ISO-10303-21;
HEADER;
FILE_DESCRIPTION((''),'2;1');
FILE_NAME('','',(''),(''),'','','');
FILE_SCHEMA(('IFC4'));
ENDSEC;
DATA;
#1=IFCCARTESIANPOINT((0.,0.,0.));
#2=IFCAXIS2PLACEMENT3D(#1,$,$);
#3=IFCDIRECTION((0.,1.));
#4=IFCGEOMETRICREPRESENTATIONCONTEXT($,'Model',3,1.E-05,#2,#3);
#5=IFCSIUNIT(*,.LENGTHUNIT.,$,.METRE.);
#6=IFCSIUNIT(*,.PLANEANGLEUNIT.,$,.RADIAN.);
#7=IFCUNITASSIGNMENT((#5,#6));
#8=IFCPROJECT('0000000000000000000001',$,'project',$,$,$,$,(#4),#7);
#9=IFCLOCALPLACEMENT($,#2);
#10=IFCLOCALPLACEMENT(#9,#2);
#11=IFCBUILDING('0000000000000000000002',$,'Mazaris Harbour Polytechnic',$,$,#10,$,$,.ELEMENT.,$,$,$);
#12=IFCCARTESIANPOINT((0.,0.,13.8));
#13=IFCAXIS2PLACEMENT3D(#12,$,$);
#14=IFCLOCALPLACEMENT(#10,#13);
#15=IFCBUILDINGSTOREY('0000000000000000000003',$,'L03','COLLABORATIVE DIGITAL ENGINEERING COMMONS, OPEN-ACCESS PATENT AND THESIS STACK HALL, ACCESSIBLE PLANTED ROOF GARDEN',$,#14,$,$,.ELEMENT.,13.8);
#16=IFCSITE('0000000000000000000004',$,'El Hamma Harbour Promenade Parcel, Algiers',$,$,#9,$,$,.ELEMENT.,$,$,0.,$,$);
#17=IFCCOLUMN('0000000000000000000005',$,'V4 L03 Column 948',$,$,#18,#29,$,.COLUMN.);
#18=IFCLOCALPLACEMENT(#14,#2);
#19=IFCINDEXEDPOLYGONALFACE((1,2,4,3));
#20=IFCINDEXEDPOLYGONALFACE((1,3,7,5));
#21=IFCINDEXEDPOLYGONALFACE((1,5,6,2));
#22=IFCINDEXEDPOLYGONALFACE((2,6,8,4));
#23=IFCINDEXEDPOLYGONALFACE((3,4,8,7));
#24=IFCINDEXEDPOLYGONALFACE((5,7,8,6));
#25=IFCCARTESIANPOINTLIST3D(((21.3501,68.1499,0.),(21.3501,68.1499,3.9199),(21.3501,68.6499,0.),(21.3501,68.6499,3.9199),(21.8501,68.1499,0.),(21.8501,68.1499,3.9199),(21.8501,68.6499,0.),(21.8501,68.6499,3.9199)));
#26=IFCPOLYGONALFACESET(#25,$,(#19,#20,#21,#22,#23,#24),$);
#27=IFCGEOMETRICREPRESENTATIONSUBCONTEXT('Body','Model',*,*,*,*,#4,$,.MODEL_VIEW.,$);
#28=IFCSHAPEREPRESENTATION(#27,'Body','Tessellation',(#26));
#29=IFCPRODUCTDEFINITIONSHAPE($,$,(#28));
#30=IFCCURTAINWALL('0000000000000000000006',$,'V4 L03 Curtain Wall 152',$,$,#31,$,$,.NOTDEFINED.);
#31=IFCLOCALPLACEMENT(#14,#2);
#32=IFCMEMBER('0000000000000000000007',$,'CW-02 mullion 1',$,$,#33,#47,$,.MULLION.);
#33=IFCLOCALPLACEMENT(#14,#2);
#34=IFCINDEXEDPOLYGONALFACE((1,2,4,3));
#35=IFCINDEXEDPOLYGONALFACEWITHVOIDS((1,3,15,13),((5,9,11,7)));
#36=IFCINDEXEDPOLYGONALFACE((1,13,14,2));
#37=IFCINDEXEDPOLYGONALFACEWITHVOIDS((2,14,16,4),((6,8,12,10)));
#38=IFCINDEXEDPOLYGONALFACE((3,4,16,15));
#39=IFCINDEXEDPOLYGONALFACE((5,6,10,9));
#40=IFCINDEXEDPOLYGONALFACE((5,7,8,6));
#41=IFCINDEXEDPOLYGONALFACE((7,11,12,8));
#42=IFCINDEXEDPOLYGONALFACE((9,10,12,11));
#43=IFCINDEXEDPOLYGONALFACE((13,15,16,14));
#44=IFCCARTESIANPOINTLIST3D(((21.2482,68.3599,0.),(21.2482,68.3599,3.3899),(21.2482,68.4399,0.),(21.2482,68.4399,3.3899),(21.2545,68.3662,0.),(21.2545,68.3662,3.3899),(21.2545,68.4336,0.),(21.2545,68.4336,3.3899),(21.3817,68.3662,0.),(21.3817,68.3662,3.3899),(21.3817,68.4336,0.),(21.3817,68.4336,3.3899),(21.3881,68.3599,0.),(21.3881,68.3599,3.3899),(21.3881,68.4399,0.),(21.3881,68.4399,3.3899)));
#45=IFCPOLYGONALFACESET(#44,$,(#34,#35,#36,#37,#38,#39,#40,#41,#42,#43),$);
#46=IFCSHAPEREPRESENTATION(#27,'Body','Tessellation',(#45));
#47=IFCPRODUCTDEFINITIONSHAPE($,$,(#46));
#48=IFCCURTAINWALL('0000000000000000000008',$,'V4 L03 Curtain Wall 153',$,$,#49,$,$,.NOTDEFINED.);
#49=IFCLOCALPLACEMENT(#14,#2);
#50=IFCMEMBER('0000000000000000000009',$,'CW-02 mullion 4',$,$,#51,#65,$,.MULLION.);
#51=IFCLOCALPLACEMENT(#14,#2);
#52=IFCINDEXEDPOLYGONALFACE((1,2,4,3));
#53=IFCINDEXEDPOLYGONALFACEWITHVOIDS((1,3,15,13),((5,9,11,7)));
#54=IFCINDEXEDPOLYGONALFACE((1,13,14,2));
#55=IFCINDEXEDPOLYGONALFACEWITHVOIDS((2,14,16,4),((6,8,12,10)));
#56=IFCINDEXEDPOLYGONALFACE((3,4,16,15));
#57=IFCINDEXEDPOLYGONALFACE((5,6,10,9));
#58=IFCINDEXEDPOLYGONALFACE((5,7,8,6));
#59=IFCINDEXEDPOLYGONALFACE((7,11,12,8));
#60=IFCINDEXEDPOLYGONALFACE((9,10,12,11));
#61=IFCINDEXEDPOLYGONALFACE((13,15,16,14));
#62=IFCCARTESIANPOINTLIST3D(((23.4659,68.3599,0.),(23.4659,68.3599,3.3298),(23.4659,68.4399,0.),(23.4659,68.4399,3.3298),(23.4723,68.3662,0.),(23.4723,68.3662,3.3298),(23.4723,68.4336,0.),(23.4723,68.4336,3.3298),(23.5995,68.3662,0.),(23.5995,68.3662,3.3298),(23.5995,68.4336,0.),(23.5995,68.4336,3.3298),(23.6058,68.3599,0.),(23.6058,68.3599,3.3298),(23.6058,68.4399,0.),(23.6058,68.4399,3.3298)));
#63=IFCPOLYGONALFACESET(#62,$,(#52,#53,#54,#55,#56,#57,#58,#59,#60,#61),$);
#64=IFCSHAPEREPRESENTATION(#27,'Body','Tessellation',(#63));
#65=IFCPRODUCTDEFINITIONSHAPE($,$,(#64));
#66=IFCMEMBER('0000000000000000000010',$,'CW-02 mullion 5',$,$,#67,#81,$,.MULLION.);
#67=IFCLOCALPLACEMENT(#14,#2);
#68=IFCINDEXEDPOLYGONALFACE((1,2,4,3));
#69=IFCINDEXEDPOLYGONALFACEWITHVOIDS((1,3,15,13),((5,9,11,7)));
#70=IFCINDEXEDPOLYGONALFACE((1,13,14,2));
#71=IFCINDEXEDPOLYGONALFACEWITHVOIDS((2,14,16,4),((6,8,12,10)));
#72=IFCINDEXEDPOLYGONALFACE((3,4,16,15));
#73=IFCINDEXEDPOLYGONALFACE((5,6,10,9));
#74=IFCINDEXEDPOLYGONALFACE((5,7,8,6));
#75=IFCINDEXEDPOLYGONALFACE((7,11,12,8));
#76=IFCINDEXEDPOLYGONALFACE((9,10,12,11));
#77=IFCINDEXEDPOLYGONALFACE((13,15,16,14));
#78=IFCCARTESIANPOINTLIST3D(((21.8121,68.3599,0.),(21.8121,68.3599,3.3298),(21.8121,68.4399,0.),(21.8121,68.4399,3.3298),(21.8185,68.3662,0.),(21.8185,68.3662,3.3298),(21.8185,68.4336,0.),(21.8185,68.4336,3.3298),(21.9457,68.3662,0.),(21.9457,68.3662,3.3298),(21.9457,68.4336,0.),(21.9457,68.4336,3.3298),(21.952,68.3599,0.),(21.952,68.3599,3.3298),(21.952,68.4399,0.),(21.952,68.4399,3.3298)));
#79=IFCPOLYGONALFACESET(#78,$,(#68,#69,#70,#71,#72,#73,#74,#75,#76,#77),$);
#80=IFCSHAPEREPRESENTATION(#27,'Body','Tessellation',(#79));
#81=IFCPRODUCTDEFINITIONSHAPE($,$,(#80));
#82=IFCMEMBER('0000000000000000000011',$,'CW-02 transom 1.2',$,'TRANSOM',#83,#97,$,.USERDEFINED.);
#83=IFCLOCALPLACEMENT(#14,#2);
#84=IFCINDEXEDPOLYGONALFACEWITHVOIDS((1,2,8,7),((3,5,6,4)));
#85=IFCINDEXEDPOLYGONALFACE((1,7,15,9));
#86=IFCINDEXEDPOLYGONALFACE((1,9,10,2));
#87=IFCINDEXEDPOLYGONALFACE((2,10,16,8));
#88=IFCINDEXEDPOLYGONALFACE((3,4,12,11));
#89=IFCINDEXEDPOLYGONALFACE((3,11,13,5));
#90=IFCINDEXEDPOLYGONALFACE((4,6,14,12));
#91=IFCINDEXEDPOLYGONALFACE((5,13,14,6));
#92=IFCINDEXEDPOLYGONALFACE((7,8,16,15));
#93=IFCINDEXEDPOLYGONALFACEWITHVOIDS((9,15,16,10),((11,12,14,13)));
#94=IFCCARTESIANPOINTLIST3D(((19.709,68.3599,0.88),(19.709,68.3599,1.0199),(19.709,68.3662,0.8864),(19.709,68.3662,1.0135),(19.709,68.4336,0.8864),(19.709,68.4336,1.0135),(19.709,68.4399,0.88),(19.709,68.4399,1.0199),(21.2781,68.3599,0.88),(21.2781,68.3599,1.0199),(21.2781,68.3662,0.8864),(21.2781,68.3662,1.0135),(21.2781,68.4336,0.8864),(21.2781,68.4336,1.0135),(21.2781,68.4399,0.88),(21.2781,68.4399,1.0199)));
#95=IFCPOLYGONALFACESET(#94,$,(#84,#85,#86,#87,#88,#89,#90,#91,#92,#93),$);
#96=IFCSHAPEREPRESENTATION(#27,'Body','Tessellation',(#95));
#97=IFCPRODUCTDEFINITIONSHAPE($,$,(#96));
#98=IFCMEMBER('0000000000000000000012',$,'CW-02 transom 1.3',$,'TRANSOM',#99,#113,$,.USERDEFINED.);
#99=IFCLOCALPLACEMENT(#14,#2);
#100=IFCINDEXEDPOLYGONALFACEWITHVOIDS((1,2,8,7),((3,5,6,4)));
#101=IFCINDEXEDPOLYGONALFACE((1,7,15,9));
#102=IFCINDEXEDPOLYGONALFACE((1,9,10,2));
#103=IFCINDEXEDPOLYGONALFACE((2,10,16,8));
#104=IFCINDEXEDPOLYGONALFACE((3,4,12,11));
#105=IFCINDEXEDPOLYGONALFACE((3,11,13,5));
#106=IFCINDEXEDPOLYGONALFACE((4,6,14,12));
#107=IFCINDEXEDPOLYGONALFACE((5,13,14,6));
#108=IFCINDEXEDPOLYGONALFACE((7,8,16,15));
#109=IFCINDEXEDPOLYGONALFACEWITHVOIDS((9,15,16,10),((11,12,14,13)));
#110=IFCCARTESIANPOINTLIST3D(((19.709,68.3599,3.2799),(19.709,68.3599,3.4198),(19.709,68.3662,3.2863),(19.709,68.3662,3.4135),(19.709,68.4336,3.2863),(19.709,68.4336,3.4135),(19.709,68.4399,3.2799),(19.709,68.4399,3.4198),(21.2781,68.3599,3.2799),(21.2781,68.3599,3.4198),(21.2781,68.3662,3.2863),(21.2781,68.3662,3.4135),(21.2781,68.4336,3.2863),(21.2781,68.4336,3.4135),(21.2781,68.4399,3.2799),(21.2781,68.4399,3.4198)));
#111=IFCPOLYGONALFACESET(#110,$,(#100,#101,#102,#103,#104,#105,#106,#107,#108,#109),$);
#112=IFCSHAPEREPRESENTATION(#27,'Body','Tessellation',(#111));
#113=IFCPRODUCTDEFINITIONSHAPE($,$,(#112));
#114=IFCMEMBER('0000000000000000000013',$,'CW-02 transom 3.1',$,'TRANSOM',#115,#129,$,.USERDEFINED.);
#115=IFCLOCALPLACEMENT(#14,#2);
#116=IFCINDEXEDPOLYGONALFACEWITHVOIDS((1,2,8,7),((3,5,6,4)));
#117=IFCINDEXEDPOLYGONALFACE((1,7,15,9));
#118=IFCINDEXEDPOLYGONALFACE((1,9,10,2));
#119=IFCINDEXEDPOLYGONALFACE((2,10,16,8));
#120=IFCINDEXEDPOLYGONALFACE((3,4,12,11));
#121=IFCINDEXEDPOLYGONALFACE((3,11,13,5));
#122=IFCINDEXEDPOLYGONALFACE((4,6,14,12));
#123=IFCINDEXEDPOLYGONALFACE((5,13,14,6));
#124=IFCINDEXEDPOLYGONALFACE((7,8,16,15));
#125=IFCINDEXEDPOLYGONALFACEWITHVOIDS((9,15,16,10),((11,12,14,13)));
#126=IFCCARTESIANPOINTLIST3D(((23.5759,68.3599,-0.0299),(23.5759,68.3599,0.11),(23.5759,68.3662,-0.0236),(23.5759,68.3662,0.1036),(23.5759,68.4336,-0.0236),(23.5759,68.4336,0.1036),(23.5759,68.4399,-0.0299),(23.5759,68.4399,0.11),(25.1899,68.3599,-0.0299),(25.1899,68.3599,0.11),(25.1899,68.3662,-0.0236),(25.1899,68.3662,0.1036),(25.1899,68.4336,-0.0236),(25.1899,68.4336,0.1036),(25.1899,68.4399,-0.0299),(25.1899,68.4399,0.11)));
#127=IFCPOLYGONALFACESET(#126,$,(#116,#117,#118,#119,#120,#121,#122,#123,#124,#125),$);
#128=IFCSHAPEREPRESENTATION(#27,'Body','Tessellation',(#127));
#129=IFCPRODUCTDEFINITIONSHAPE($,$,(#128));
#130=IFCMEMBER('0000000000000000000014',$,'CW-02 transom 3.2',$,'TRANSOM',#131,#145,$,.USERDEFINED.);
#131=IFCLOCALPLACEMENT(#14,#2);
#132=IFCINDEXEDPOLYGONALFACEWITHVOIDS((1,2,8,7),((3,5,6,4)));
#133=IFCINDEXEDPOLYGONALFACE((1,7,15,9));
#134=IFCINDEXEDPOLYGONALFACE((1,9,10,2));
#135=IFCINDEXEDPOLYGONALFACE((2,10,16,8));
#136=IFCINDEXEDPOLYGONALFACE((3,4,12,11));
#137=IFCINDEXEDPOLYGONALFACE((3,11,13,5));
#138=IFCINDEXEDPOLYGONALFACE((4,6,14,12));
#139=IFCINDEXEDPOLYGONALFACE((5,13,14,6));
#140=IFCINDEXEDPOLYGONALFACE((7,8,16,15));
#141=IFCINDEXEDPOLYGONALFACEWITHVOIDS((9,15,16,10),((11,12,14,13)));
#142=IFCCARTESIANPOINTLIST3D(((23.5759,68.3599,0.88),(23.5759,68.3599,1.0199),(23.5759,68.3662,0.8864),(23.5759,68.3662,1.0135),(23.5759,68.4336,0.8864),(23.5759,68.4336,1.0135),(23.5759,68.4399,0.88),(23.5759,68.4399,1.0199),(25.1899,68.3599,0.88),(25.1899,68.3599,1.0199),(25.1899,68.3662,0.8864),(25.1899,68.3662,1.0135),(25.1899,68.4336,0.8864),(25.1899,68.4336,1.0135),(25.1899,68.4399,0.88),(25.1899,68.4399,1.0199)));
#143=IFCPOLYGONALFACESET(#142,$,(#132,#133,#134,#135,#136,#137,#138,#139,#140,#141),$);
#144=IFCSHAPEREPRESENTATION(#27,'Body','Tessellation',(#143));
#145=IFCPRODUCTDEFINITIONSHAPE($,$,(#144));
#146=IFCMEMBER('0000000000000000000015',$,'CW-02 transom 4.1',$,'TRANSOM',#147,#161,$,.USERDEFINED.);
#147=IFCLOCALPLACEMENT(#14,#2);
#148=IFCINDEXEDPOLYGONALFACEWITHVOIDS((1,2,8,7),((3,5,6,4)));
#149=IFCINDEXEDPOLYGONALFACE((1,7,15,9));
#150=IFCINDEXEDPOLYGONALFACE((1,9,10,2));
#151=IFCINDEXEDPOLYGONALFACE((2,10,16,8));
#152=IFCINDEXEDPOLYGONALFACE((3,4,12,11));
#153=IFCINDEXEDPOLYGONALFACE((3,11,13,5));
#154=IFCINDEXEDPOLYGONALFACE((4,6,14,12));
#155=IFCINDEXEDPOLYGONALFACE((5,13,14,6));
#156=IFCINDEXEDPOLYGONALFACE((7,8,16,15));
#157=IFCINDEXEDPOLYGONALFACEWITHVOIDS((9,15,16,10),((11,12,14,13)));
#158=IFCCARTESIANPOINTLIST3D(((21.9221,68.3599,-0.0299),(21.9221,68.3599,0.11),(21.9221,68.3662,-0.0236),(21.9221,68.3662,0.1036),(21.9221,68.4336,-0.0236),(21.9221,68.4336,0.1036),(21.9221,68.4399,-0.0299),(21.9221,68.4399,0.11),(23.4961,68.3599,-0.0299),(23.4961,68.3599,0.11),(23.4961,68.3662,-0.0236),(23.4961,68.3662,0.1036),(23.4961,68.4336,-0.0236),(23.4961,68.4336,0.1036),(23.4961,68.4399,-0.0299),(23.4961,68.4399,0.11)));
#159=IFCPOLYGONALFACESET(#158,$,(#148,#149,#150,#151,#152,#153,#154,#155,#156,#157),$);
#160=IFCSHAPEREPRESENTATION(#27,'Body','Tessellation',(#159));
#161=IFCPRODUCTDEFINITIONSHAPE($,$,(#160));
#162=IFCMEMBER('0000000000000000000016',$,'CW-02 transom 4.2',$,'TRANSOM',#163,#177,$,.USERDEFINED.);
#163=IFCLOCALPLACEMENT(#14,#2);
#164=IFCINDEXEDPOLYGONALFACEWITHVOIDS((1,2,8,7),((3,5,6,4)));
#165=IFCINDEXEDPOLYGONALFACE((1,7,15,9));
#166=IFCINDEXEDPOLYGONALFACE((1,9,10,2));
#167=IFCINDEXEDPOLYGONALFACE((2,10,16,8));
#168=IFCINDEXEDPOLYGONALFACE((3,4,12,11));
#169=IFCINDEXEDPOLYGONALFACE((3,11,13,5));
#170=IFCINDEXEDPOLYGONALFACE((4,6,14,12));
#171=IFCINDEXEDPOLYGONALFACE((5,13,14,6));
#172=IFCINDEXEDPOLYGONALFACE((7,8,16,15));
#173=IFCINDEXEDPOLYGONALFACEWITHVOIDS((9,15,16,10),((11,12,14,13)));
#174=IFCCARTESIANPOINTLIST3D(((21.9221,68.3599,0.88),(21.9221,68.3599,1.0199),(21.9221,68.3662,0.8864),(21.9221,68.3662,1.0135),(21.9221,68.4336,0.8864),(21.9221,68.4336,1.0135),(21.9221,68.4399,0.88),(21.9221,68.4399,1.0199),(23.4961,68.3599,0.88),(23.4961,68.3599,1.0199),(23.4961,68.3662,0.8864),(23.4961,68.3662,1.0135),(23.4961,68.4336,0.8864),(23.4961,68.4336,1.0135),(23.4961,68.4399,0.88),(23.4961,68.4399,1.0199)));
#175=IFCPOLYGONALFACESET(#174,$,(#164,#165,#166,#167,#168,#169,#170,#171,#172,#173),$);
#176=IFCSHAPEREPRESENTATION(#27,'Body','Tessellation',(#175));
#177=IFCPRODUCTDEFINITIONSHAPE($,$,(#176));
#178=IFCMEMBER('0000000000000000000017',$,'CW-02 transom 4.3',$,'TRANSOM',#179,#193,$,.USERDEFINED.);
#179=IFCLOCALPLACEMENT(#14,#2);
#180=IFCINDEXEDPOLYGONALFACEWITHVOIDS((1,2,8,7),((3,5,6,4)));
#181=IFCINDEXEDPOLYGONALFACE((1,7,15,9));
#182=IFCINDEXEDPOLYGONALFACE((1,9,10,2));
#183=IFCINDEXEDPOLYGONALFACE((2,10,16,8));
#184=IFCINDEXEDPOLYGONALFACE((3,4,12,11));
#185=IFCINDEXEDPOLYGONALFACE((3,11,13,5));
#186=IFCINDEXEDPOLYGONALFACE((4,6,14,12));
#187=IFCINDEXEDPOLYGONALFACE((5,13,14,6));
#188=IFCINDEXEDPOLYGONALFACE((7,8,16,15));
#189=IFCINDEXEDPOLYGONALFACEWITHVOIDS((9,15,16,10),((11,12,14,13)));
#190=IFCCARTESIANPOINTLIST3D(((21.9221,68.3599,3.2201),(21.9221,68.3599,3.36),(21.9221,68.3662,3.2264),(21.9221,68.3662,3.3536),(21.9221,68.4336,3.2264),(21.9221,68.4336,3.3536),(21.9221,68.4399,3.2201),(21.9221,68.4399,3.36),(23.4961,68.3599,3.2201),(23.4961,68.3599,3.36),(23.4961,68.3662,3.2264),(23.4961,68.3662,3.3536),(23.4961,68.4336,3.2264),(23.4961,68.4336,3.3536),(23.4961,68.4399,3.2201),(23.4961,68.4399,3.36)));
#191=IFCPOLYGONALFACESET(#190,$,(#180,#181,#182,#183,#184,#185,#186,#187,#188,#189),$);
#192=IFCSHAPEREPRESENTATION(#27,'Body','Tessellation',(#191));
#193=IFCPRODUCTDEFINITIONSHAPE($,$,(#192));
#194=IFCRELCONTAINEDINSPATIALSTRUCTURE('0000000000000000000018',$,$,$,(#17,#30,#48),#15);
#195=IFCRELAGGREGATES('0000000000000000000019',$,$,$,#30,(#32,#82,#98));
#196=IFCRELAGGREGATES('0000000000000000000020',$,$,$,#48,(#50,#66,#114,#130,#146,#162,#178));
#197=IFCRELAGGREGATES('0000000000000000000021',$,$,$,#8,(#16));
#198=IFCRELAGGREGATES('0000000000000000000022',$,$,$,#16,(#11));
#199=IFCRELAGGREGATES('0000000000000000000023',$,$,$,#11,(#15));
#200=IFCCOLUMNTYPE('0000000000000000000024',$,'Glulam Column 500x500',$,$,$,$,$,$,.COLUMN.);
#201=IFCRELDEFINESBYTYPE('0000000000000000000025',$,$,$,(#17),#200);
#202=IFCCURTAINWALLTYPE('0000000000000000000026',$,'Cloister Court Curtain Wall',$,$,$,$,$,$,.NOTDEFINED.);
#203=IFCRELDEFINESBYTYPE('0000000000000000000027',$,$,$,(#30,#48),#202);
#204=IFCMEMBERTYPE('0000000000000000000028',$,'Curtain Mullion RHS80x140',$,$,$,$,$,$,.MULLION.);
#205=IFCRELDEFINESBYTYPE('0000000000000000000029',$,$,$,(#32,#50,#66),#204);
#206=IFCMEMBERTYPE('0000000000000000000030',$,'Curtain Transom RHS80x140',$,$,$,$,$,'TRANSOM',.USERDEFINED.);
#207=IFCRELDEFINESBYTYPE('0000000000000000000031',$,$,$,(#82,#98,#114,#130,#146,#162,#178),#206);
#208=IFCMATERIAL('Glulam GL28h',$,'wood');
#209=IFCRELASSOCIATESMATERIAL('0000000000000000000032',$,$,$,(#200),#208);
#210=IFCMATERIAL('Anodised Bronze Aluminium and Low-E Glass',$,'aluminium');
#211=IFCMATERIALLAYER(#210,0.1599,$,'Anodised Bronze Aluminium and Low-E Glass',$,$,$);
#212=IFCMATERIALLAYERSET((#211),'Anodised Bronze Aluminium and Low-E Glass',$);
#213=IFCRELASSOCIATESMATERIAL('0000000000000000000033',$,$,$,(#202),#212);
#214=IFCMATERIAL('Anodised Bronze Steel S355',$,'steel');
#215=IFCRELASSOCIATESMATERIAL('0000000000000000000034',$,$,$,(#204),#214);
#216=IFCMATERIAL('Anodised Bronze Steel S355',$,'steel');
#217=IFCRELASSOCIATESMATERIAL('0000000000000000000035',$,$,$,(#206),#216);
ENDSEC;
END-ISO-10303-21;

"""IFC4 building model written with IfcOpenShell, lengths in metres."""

from ifc_helpers import new_model, si_unit, direction, frame, origin, origin_2d, place, context, subcontext, project, spatial, rectangle, hollow_rectangle, extrude, material, layer, layer_set, material_profile, profile_set, type_object, element, aggregate, save


model = new_model("IFC4")

# Units and contexts
model_context = context("Model", 3, precision=1e-05, world=origin(), true_north=direction((0.0, 1.0)))
body_context = subcontext(model_context, "Body", "Model", "MODEL_VIEW")
ifc_project = project(units=[si_unit("LENGTHUNIT", "METRE"), si_unit("PLANEANGLEUNIT", "RADIAN")], contexts=[model_context])

# Site, building, storey
site_placement = place(None, origin())
site = spatial("IfcSite", under=ifc_project, at=site_placement, Name="El Hamma Harbour Promenade Parcel, Algiers", CompositionType="ELEMENT", RefElevation=0.0)
building_placement = place(site_placement, origin())
building = spatial("IfcBuilding", under=site, at=building_placement, Name="Mazaris Harbour Polytechnic", CompositionType="ELEMENT")
storey_placement = place(building_placement, frame((0.0, 0.0, 13.8)))
storey = spatial("IfcBuildingStorey", under=building, at=storey_placement, Name="L03", Description="COLLABORATIVE DIGITAL ENGINEERING COMMONS, OPEN-ACCESS PATENT AND THESIS STACK HALL, ACCESSIBLE PLANTED ROOF GARDEN", CompositionType="ELEMENT", Elevation=13.8)

# Column
ifc_material_1 = material(Name="Glulam GL28h", Category="wood")
ifc_material_profile_1 = material_profile(ifc_material_1, rectangle(XDim=0.5, YDim=0.5, at=origin_2d()), Name="RECT500x500")
ifc_profile_set_1 = profile_set([ifc_material_profile_1], Name="Glulam GL28h")
column_type = type_object("IfcColumnType", Name="Glulam Column 500x500", PredefinedType="COLUMN", material=ifc_profile_set_1)
column_placement = place(storey_placement, frame((21.6001, 68.3999, 0.0), z_axis=(0.0, 0.0, 1.0), x_axis=(1.0, 0.0, 0.0)))
element("IfcColumn", 1, at=column_placement, inside=storey, type_object=column_type, Name="V4 L03 Column 948", PredefinedType="COLUMN", context=body_context, shape_type="SweptSolid", body=[
    extrude(rectangle(XDim=0.5, YDim=0.5, at=origin_2d()), origin(), (0.0, 0.0, 1.0), 3.9199),
])

# Curtain wall, member
ifc_material_2 = material(Name="Anodised Bronze Aluminium and Low-E Glass", Category="aluminium")
ifc_layer_1 = layer(ifc_material_2, 0.1599, Name="Anodised Bronze Aluminium and Low-E Glass")
ifc_layer_set_1 = layer_set([ifc_layer_1], Name="Anodised Bronze Aluminium and Low-E Glass")
curtain_wall_type = type_object("IfcCurtainWallType", Name="Cloister Court Curtain Wall", PredefinedType="NOTDEFINED", material=ifc_layer_set_1)
curtain_wall_1_placement = place(storey_placement, origin())
curtain_wall_1 = element("IfcCurtainWall", 2, at=curtain_wall_1_placement, inside=storey, type_object=curtain_wall_type, Name="V4 L03 Curtain Wall 152", PredefinedType="NOTDEFINED")
ifc_material_3 = material(Name="Anodised Bronze Steel S355", Category="steel")
ifc_material_profile_2 = material_profile(ifc_material_3, hollow_rectangle(XDim=0.0801, YDim=0.1399, WallThickness=0.0063, at=origin_2d()), Name="RHS 80x140x6.3")
ifc_profile_set_2 = profile_set([ifc_material_profile_2], Name="Anodised Bronze Steel S355")
member_type_1 = type_object("IfcMemberType", Name="Curtain Mullion RHS80x140", PredefinedType="MULLION", material=ifc_profile_set_2)
member_1_placement = place(storey_placement, frame((21.3181, 68.3999, 0.0), z_axis=(0.0, 0.0, 1.0), x_axis=(0.0, -1.0, 0.0)))
member_1 = element("IfcMember", 3, at=member_1_placement, type_object=member_type_1, Name="CW-02 mullion 1", PredefinedType="MULLION", context=body_context, shape_type="SweptSolid", body=[
    extrude(hollow_rectangle(XDim=0.0801, YDim=0.1399, WallThickness=0.0063, at=origin_2d()), origin(), (0.0, 0.0, 1.0), 3.3899),
])

# Curtain wall, members
curtain_wall_2_placement = place(storey_placement, origin())
curtain_wall_2 = element("IfcCurtainWall", 4, at=curtain_wall_2_placement, inside=storey, type_object=curtain_wall_type, Name="V4 L03 Curtain Wall 153", PredefinedType="NOTDEFINED")
member_2_placement = place(storey_placement, frame((23.5359, 68.3999, 0.0), z_axis=(0.0, 0.0, 1.0), x_axis=(0.0, -1.0, 0.0)))
member_2 = element("IfcMember", 5, at=member_2_placement, type_object=member_type_1, Name="CW-02 mullion 4", PredefinedType="MULLION", context=body_context, shape_type="SweptSolid", body=[
    extrude(hollow_rectangle(XDim=0.0801, YDim=0.1399, WallThickness=0.0063, at=origin_2d()), origin(), (0.0, 0.0, 1.0), 3.3298),
])
member_3_placement = place(storey_placement, frame((21.8821, 68.3999, 0.0), z_axis=(0.0, 0.0, 1.0), x_axis=(0.0, -1.0, 0.0)))
member_3 = element("IfcMember", 6, at=member_3_placement, type_object=member_type_1, Name="CW-02 mullion 5", PredefinedType="MULLION", context=body_context, shape_type="SweptSolid", body=[
    extrude(hollow_rectangle(XDim=0.0801, YDim=0.1399, WallThickness=0.0063, at=origin_2d()), origin(), (0.0, 0.0, 1.0), 3.3298),
])

# Members
ifc_material_4 = material(Name="Anodised Bronze Steel S355", Category="steel")
ifc_material_profile_3 = material_profile(ifc_material_4, hollow_rectangle(XDim=0.0801, YDim=0.1399, WallThickness=0.0063, at=origin_2d()), Name="RHS 80x140x6.3")
ifc_profile_set_3 = profile_set([ifc_material_profile_3], Name="Anodised Bronze Steel S355")
member_type_2 = type_object("IfcMemberType", Name="Curtain Transom RHS80x140", ElementType="TRANSOM", PredefinedType="USERDEFINED", material=ifc_profile_set_3)
member_4_placement = place(storey_placement, frame((21.2781, 68.3999, 0.95), z_axis=(-1.0, 0.0, 0.0), x_axis=(0.0, -1.0, 0.0)))
member_4 = element("IfcMember", 7, at=member_4_placement, type_object=member_type_2, Name="CW-02 transom 1.2", ObjectType="TRANSOM", PredefinedType="USERDEFINED", context=body_context, shape_type="SweptSolid", body=[
    extrude(hollow_rectangle(XDim=0.0801, YDim=0.1399, WallThickness=0.0063, at=origin_2d()), origin(), (0.0, 0.0, 1.0), 1.5691),
])
member_5_placement = place(storey_placement, frame((21.2781, 68.3999, 3.3499), z_axis=(-1.0, 0.0, 0.0), x_axis=(0.0, -1.0, 0.0)))
member_5 = element("IfcMember", 8, at=member_5_placement, type_object=member_type_2, Name="CW-02 transom 1.3", ObjectType="TRANSOM", PredefinedType="USERDEFINED", context=body_context, shape_type="SweptSolid", body=[
    extrude(hollow_rectangle(XDim=0.0801, YDim=0.1399, WallThickness=0.0063, at=origin_2d()), origin(), (0.0, 0.0, 1.0), 1.5691),
])
aggregate(curtain_wall_1, [member_1, member_4, member_5])
member_6_placement = place(storey_placement, frame((25.1899, 68.3999, 0.04), z_axis=(-1.0, 0.0, 0.0), x_axis=(0.0, -1.0, 0.0)))
member_6 = element("IfcMember", 9, at=member_6_placement, type_object=member_type_2, Name="CW-02 transom 3.1", ObjectType="TRANSOM", PredefinedType="USERDEFINED", context=body_context, shape_type="SweptSolid", body=[
    extrude(hollow_rectangle(XDim=0.0801, YDim=0.1399, WallThickness=0.0063, at=origin_2d()), origin(), (0.0, 0.0, 1.0), 1.614),
])
member_7_placement = place(storey_placement, frame((25.1899, 68.3999, 0.95), z_axis=(-1.0, 0.0, 0.0), x_axis=(0.0, -1.0, 0.0)))
member_7 = element("IfcMember", 10, at=member_7_placement, type_object=member_type_2, Name="CW-02 transom 3.2", ObjectType="TRANSOM", PredefinedType="USERDEFINED", context=body_context, shape_type="SweptSolid", body=[
    extrude(hollow_rectangle(XDim=0.0801, YDim=0.1399, WallThickness=0.0063, at=origin_2d()), origin(), (0.0, 0.0, 1.0), 1.614),
])
member_8_placement = place(storey_placement, frame((23.4961, 68.3999, 0.04), z_axis=(-1.0, 0.0, 0.0), x_axis=(0.0, -1.0, 0.0)))
member_8 = element("IfcMember", 11, at=member_8_placement, type_object=member_type_2, Name="CW-02 transom 4.1", ObjectType="TRANSOM", PredefinedType="USERDEFINED", context=body_context, shape_type="SweptSolid", body=[
    extrude(hollow_rectangle(XDim=0.0801, YDim=0.1399, WallThickness=0.0063, at=origin_2d()), origin(), (0.0, 0.0, 1.0), 1.574),
])
member_9_placement = place(storey_placement, frame((23.4961, 68.3999, 0.95), z_axis=(-1.0, 0.0, 0.0), x_axis=(0.0, -1.0, 0.0)))
member_9 = element("IfcMember", 12, at=member_9_placement, type_object=member_type_2, Name="CW-02 transom 4.2", ObjectType="TRANSOM", PredefinedType="USERDEFINED", context=body_context, shape_type="SweptSolid", body=[
    extrude(hollow_rectangle(XDim=0.0801, YDim=0.1399, WallThickness=0.0063, at=origin_2d()), origin(), (0.0, 0.0, 1.0), 1.574),
])
member_10_placement = place(storey_placement, frame((23.4961, 68.3999, 3.29), z_axis=(-1.0, 0.0, 0.0), x_axis=(0.0, -1.0, 0.0)))
member_10 = element("IfcMember", 13, at=member_10_placement, type_object=member_type_2, Name="CW-02 transom 4.3", ObjectType="TRANSOM", PredefinedType="USERDEFINED", context=body_context, shape_type="SweptSolid", body=[
    extrude(hollow_rectangle(XDim=0.0801, YDim=0.1399, WallThickness=0.0063, at=origin_2d()), origin(), (0.0, 0.0, 1.0), 1.574),
])

aggregate(curtain_wall_2, [member_2, member_3, member_6, member_7, member_8, member_9, member_10])

save(model, "model.ifc")
